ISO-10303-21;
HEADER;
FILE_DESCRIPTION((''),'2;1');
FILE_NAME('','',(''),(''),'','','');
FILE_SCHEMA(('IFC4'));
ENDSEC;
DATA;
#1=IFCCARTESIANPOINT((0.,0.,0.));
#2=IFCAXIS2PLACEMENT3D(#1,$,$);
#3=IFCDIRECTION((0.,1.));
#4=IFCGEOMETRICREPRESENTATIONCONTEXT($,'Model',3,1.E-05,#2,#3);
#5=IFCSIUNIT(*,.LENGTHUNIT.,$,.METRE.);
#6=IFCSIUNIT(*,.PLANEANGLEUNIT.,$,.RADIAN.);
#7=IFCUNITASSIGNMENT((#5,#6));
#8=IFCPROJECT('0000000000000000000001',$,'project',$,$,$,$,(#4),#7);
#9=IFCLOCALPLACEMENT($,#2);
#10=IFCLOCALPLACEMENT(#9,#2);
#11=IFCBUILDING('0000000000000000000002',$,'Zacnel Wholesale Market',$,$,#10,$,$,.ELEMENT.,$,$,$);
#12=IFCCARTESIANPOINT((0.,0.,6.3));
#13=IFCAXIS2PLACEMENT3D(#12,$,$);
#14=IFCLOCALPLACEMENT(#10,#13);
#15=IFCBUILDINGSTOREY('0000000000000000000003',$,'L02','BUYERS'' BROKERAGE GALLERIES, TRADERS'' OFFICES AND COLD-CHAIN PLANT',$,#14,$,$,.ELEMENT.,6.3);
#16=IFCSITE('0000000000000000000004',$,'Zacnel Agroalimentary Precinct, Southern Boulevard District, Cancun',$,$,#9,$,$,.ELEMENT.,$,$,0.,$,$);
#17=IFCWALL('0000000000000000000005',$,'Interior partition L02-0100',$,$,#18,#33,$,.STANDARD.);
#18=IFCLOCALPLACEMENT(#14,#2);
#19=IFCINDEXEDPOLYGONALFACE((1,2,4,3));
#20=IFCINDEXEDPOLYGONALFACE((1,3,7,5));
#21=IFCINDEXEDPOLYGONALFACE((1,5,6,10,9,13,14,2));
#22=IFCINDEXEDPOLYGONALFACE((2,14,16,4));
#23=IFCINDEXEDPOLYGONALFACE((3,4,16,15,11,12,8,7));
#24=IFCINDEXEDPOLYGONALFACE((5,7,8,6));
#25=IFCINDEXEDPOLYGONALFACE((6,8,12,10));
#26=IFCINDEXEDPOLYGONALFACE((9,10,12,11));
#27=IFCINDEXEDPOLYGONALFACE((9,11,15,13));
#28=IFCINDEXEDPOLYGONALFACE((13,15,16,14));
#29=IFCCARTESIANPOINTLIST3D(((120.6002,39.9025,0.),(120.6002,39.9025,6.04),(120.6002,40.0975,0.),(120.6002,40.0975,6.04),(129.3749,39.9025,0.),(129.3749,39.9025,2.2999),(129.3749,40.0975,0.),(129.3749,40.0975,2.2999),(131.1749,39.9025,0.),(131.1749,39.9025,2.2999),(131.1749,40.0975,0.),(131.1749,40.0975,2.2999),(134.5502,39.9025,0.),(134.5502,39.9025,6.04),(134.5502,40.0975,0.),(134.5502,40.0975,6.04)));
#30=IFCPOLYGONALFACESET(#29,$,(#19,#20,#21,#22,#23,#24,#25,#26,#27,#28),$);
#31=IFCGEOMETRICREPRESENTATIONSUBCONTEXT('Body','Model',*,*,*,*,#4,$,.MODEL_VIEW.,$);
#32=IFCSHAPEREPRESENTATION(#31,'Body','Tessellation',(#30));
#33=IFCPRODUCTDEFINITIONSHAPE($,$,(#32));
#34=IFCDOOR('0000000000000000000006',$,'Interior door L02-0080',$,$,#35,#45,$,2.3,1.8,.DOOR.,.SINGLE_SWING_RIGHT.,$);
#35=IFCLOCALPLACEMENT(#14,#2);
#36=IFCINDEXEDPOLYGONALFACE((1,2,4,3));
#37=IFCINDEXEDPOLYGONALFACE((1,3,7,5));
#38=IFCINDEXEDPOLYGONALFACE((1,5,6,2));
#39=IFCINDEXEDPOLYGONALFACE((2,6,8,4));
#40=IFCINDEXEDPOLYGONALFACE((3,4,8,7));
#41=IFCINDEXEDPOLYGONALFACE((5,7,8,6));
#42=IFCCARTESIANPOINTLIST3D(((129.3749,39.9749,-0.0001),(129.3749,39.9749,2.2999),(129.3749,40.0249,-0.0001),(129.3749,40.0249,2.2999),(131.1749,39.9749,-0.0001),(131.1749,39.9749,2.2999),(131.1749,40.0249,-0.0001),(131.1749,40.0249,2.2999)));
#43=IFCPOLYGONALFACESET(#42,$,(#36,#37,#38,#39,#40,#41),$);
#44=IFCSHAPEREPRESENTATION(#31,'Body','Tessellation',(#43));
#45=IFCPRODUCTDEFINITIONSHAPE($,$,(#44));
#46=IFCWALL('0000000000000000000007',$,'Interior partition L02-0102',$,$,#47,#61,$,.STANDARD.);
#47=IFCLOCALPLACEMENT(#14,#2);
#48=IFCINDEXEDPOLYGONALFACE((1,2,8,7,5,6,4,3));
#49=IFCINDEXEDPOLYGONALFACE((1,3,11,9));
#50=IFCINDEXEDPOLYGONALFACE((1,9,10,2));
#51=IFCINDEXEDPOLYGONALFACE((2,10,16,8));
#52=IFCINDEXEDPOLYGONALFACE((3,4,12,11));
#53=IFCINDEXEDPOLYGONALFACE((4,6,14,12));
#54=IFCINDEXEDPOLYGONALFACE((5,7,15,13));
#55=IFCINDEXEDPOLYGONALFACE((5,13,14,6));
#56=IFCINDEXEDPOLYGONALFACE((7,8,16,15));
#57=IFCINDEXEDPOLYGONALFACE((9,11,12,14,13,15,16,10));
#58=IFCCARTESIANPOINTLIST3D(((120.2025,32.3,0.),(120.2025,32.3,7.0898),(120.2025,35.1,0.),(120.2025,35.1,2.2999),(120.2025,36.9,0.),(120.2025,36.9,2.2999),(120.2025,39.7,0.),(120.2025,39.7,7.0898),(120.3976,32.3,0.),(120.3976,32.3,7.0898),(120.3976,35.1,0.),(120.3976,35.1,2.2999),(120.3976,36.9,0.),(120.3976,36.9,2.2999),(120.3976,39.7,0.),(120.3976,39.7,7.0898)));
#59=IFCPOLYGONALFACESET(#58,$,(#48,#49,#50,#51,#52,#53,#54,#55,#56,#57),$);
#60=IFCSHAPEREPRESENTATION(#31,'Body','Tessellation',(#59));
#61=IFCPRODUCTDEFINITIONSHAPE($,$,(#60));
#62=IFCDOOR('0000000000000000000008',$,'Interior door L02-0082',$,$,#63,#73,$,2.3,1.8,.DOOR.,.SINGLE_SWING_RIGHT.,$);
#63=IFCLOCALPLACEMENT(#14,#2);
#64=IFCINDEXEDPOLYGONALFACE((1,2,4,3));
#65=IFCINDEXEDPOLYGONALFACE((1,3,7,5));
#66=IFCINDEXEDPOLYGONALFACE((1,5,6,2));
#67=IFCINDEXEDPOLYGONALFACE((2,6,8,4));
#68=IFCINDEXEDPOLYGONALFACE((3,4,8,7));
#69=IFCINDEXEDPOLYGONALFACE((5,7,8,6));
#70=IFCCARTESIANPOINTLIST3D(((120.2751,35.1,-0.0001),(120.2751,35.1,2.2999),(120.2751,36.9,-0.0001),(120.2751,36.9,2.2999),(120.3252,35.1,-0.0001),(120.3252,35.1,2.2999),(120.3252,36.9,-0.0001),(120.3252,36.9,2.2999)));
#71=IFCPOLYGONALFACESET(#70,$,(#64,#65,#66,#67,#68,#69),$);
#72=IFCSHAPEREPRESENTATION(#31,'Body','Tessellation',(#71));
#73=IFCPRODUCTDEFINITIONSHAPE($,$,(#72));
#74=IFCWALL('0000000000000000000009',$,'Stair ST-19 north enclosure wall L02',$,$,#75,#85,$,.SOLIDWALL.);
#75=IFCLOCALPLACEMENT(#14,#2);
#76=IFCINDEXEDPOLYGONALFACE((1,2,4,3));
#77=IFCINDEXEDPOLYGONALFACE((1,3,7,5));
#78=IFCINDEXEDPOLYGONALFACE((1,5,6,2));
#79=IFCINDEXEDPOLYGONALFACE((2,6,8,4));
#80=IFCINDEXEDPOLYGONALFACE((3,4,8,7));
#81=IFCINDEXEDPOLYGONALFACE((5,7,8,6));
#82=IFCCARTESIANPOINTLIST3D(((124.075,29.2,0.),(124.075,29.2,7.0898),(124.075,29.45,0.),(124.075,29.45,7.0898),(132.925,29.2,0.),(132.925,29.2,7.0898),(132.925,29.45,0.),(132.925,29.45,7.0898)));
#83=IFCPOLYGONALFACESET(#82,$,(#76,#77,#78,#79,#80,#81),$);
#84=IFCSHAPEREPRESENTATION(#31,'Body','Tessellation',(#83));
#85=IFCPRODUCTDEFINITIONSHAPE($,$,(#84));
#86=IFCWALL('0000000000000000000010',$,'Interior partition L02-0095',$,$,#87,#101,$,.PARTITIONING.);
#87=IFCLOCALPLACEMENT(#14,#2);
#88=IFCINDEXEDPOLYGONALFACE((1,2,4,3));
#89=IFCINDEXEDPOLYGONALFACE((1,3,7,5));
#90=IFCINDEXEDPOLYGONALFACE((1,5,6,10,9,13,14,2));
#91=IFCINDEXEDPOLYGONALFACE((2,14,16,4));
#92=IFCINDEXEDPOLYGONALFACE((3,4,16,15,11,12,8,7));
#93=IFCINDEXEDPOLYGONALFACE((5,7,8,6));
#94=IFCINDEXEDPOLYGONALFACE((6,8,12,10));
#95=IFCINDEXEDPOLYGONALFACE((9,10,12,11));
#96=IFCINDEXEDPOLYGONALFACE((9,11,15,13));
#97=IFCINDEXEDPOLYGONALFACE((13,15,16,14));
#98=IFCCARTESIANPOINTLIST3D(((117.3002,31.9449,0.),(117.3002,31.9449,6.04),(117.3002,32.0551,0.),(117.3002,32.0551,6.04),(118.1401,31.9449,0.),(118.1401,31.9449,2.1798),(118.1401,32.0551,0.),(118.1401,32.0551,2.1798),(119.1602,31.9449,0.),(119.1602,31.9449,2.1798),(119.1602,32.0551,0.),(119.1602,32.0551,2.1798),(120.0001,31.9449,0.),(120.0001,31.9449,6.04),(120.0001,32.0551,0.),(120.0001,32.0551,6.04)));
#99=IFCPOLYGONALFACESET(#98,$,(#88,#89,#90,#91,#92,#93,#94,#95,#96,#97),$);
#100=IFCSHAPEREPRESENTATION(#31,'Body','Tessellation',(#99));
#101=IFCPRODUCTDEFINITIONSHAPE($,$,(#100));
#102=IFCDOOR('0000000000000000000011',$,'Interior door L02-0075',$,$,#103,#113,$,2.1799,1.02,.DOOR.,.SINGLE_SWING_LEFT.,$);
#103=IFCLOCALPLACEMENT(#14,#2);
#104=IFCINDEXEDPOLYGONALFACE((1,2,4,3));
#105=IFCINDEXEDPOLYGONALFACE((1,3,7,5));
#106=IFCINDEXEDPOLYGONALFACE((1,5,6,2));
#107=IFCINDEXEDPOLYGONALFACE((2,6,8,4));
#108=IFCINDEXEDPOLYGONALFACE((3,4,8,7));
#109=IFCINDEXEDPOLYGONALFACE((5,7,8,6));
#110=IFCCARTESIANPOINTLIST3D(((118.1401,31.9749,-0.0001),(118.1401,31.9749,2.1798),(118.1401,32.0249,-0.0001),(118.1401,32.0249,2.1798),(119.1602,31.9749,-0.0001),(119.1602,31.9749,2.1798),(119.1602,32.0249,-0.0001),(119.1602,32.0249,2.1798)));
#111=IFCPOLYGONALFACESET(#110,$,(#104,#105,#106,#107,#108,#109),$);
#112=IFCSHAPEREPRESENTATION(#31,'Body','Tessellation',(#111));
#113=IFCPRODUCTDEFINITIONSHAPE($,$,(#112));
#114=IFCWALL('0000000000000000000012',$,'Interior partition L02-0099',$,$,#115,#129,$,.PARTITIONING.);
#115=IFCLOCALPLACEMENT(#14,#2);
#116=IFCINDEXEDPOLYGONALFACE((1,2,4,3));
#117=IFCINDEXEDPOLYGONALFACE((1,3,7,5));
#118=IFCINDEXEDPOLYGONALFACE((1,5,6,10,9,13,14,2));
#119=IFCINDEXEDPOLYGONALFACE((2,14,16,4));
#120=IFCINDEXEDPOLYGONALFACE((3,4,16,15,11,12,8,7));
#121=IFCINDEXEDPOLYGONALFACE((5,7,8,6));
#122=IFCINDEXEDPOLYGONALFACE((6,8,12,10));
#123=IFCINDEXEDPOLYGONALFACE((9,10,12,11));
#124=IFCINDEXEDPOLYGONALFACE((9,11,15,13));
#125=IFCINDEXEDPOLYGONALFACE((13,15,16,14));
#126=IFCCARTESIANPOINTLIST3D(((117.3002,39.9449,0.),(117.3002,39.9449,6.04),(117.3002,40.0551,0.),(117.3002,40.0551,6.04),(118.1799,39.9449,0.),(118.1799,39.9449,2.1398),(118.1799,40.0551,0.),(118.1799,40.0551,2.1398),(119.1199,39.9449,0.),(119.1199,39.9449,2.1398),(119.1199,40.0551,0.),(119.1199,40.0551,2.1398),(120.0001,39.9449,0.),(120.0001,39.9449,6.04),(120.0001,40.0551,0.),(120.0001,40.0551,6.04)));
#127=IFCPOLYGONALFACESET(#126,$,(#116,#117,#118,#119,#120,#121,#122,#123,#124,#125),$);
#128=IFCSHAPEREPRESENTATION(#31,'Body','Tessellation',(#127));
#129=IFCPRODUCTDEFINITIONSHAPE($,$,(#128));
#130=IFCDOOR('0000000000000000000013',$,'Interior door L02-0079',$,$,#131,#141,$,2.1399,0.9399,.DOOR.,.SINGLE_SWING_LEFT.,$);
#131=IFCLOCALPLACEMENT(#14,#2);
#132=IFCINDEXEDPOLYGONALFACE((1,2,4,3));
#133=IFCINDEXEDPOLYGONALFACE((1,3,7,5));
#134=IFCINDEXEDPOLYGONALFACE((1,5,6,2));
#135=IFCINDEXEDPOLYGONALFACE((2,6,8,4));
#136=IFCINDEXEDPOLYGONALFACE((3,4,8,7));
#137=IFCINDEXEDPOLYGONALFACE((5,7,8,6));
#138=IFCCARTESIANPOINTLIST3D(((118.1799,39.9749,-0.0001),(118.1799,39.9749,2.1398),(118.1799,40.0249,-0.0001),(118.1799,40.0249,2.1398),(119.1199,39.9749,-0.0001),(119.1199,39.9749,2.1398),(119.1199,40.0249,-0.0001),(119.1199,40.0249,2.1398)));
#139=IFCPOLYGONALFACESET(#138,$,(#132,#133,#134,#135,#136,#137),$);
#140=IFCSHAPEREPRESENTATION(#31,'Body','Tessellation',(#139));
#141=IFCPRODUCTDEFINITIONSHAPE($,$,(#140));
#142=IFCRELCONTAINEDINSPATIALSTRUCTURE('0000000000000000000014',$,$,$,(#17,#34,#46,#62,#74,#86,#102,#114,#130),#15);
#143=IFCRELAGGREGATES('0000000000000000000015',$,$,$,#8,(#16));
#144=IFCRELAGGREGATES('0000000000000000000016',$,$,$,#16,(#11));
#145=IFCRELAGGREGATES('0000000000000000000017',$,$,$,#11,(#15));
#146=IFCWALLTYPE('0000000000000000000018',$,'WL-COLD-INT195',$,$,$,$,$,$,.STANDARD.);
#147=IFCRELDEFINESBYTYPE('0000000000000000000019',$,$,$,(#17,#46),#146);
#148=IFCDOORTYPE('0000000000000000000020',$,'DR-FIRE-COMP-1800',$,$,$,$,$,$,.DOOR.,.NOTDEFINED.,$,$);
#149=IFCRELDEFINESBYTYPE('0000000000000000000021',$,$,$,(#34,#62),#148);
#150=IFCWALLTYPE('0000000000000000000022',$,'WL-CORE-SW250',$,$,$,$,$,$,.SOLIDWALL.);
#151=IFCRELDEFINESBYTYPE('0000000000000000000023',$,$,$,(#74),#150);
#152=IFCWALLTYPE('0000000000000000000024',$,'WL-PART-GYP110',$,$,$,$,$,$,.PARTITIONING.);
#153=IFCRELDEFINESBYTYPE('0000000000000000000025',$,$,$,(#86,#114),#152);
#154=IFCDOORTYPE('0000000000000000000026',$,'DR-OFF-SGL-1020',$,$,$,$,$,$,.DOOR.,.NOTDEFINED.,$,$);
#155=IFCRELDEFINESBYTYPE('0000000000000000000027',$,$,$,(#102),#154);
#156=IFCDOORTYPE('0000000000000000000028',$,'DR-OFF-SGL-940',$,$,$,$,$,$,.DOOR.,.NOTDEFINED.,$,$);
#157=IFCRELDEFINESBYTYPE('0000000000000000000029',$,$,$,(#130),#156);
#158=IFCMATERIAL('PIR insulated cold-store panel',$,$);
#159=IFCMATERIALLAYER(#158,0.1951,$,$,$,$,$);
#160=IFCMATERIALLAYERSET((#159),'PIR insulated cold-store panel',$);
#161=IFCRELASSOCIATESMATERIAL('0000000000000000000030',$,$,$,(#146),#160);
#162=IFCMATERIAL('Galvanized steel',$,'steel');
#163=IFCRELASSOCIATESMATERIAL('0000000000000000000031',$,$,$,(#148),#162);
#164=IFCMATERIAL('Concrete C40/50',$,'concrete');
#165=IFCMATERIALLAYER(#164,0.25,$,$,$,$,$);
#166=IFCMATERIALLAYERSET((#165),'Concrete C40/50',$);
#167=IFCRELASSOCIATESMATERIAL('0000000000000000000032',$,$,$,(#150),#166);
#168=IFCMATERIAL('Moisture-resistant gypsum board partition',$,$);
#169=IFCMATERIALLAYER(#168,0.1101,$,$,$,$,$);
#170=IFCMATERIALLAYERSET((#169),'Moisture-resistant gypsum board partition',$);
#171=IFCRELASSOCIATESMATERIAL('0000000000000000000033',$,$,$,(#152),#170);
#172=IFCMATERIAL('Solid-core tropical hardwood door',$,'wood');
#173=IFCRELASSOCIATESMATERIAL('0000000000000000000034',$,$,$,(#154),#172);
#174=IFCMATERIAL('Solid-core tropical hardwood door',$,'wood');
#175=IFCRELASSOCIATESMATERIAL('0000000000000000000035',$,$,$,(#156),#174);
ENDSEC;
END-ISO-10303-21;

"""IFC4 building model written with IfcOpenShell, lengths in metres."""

from ifc_helpers import new_model, si_unit, direction, frame, frame_2d, origin, place, context, subcontext, project, spatial, rectangle, extrude, material, layer, layer_set, type_object, element, fill, save


model = new_model("IFC4")

# Units and contexts
model_context = context("Model", 3, precision=1e-05, world=origin(), true_north=direction((0.0, 1.0)))
body_context = subcontext(model_context, "Body", "Model", "MODEL_VIEW")
ifc_project = project(units=[si_unit("LENGTHUNIT", "METRE"), si_unit("PLANEANGLEUNIT", "RADIAN")], contexts=[model_context])

# Site, building, storey
site_placement = place(None, origin())
site = spatial("IfcSite", under=ifc_project, at=site_placement, Name="Zacnel Agroalimentary Precinct, Southern Boulevard District, Cancun", CompositionType="ELEMENT", RefElevation=0.0)
building_placement = place(site_placement, origin())
building = spatial("IfcBuilding", under=site, at=building_placement, Name="Zacnel Wholesale Market", CompositionType="ELEMENT")
storey_placement = place(building_placement, frame((0.0, 0.0, 6.3)))
storey = spatial("IfcBuildingStorey", under=building, at=storey_placement, Name="L02", Description="BUYERS' BROKERAGE GALLERIES, TRADERS' OFFICES AND COLD-CHAIN PLANT", CompositionType="ELEMENT", Elevation=6.3)

# Walls, openings, doors
ifc_material_1 = material(Name="PIR insulated cold-store panel")
ifc_layer_1 = layer(ifc_material_1, 0.1951)
ifc_layer_set_1 = layer_set([ifc_layer_1], Name="PIR insulated cold-store panel")
wall_type_1 = type_object("IfcWallType", Name="WL-COLD-INT195", PredefinedType="STANDARD", material=ifc_layer_set_1)
ifc_material_2 = material(Name="Galvanized steel", Category="steel")
door_type_1 = type_object("IfcDoorType", Name="DR-FIRE-COMP-1800", OperationType="NOTDEFINED", PredefinedType="DOOR", material=ifc_material_2)
wall_1_placement = place(storey_placement, frame((120.6001, 40.0, 0.0), z_axis=(0.0, 0.0, 1.0), x_axis=(1.0, 0.0, 0.0)))
wall_1 = element("IfcWall", 1, at=wall_1_placement, inside=storey, type_object=wall_type_1, Name="Interior partition L02-0100", PredefinedType="STANDARD", context=body_context, shape_type="SweptSolid", body=[
    extrude(rectangle(XDim=13.95, YDim=0.1951, at=frame_2d((6.9751, 0.0))), origin(), (0.0, 0.0, 1.0), 6.04),
])
opening_1_placement = place(wall_1_placement, frame((8.7749, 0.0, 0.0)))
opening_1 = element("IfcOpeningElement", 2, at=opening_1_placement, cuts=wall_1, PredefinedType="OPENING", context=body_context, shape_type="SweptSolid", body=[
    extrude(rectangle(XDim=1.8, YDim=2.3, at=frame_2d((0.8999, 1.1499))), frame((0.0, 0.1074, 0.0), z_axis=(0.0, -1.0, 0.0), x_axis=(1.0, 0.0, 0.0)), (0.0, 0.0, 1.0), 0.2151),
])
door_1_placement = place(opening_1_placement, origin())
door_1 = element("IfcDoor", 3, at=door_1_placement, inside=storey, type_object=door_type_1, Name="Interior door L02-0080", OperationType="SINGLE_SWING_RIGHT", OverallHeight=2.3, OverallWidth=1.8, PredefinedType="DOOR", context=body_context, shape_type="SweptSolid", body=[
    extrude(rectangle(XDim=1.8, YDim=2.3, at=frame_2d((0.8999, 1.1499))), frame((0.0, 0.0249, 0.0), z_axis=(0.0, -1.0, 0.0), x_axis=(1.0, 0.0, 0.0)), (0.0, 0.0, 1.0), 0.05),
])
fill(opening_1, door_1)
wall_2_placement = place(storey_placement, frame((120.3, 32.3, 0.0), z_axis=(0.0, 0.0, 1.0), x_axis=(0.0, 1.0, 0.0)))
wall_2 = element("IfcWall", 4, at=wall_2_placement, inside=storey, type_object=wall_type_1, Name="Interior partition L02-0102", PredefinedType="STANDARD", context=body_context, shape_type="SweptSolid", body=[
    extrude(rectangle(XDim=7.3999, YDim=0.1951, at=frame_2d((3.7, 0.0))), origin(), (0.0, 0.0, 1.0), 7.0898),
])
opening_2_placement = place(wall_2_placement, frame((2.8, 0.0, 0.0)))
opening_2 = element("IfcOpeningElement", 5, at=opening_2_placement, cuts=wall_2, PredefinedType="OPENING", context=body_context, shape_type="SweptSolid", body=[
    extrude(rectangle(XDim=1.8, YDim=2.3, at=frame_2d((0.8999, 1.1499))), frame((0.0, 0.1074, 0.0), z_axis=(0.0, -1.0, 0.0), x_axis=(1.0, 0.0, 0.0)), (0.0, 0.0, 1.0), 0.2151),
])
door_2_placement = place(opening_2_placement, origin())
door_2 = element("IfcDoor", 6, at=door_2_placement, inside=storey, type_object=door_type_1, Name="Interior door L02-0082", OperationType="SINGLE_SWING_RIGHT", OverallHeight=2.3, OverallWidth=1.8, PredefinedType="DOOR", context=body_context, shape_type="SweptSolid", body=[
    extrude(rectangle(XDim=1.8, YDim=2.3, at=frame_2d((0.8999, 1.1499))), frame((0.0, 0.0249, 0.0), z_axis=(0.0, -1.0, 0.0), x_axis=(1.0, 0.0, 0.0)), (0.0, 0.0, 1.0), 0.05),
])
fill(opening_2, door_2)

# Wall
ifc_material_3 = material(Name="Concrete C40/50", Category="concrete")
ifc_layer_2 = layer(ifc_material_3, 0.25)
ifc_layer_set_2 = layer_set([ifc_layer_2], Name="Concrete C40/50")
wall_type_2 = type_object("IfcWallType", Name="WL-CORE-SW250", PredefinedType="SOLIDWALL", material=ifc_layer_set_2)
wall_3_placement = place(storey_placement, frame((124.075, 29.325, 0.0), z_axis=(0.0, 0.0, 1.0), x_axis=(1.0, 0.0, 0.0)))
element("IfcWall", 7, at=wall_3_placement, inside=storey, type_object=wall_type_2, Name="Stair ST-19 north enclosure wall L02", PredefinedType="SOLIDWALL", context=body_context, shape_type="SweptSolid", body=[
    extrude(rectangle(XDim=8.8501, YDim=0.25, at=frame_2d((4.425, 0.0))), origin(), (0.0, 0.0, 1.0), 7.0898),
])

# Walls, openings, doors
ifc_material_4 = material(Name="Moisture-resistant gypsum board partition")
ifc_layer_3 = layer(ifc_material_4, 0.1101)
ifc_layer_set_3 = layer_set([ifc_layer_3], Name="Moisture-resistant gypsum board partition")
wall_type_3 = type_object("IfcWallType", Name="WL-PART-GYP110", PredefinedType="PARTITIONING", material=ifc_layer_set_3)
wall_4_placement = place(storey_placement, frame((117.3, 32.0, 0.0), z_axis=(0.0, 0.0, 1.0), x_axis=(1.0, 0.0, 0.0)))
wall_4 = element("IfcWall", 8, at=wall_4_placement, inside=storey, type_object=wall_type_3, Name="Interior partition L02-0095", PredefinedType="PARTITIONING", context=body_context, shape_type="SweptSolid", body=[
    extrude(rectangle(XDim=2.7, YDim=0.1101, at=frame_2d((1.3501, 0.0))), origin(), (0.0, 0.0, 1.0), 6.04),
])
opening_3_placement = place(wall_4_placement, frame((0.8401, 0.0, 0.0)))
opening_3 = element("IfcOpeningElement", 9, at=opening_3_placement, cuts=wall_4, PredefinedType="OPENING", context=body_context, shape_type="SweptSolid", body=[
    extrude(rectangle(XDim=1.02, YDim=2.1799, at=frame_2d((0.51, 1.0898))), frame((0.0, 0.0649, 0.0), z_axis=(0.0, -1.0, 0.0), x_axis=(1.0, 0.0, 0.0)), (0.0, 0.0, 1.0), 0.1301),
])
ifc_material_5 = material(Name="Solid-core tropical hardwood door", Category="wood")
door_type_2 = type_object("IfcDoorType", Name="DR-OFF-SGL-1020", OperationType="NOTDEFINED", PredefinedType="DOOR", material=ifc_material_5)
door_3_placement = place(opening_3_placement, origin())
door_3 = element("IfcDoor", 10, at=door_3_placement, inside=storey, type_object=door_type_2, Name="Interior door L02-0075", OperationType="SINGLE_SWING_LEFT", OverallHeight=2.1799, OverallWidth=1.02, PredefinedType="DOOR", context=body_context, shape_type="SweptSolid", body=[
    extrude(rectangle(XDim=1.02, YDim=2.1799, at=frame_2d((0.51, 1.0898))), frame((0.0, 0.0249, 0.0), z_axis=(0.0, -1.0, 0.0), x_axis=(1.0, 0.0, 0.0)), (0.0, 0.0, 1.0), 0.05),
])
fill(opening_3, door_3)
wall_5_placement = place(storey_placement, frame((117.3, 40.0, 0.0), z_axis=(0.0, 0.0, 1.0), x_axis=(1.0, 0.0, 0.0)))
wall_5 = element("IfcWall", 11, at=wall_5_placement, inside=storey, type_object=wall_type_3, Name="Interior partition L02-0099", PredefinedType="PARTITIONING", context=body_context, shape_type="SweptSolid", body=[
    extrude(rectangle(XDim=2.7, YDim=0.1101, at=frame_2d((1.3501, 0.0))), origin(), (0.0, 0.0, 1.0), 6.04),
])
opening_4_placement = place(wall_5_placement, frame((0.8799, 0.0, 0.0)))
opening_4 = element("IfcOpeningElement", 12, at=opening_4_placement, cuts=wall_5, PredefinedType="OPENING", context=body_context, shape_type="SweptSolid", body=[
    extrude(rectangle(XDim=0.9399, YDim=2.1399, at=frame_2d((0.47, 1.0698))), frame((0.0, 0.0649, 0.0), z_axis=(0.0, -1.0, 0.0), x_axis=(1.0, 0.0, 0.0)), (0.0, 0.0, 1.0), 0.1301),
])
ifc_material_6 = material(Name="Solid-core tropical hardwood door", Category="wood")
door_type_3 = type_object("IfcDoorType", Name="DR-OFF-SGL-940", OperationType="NOTDEFINED", PredefinedType="DOOR", material=ifc_material_6)
door_4_placement = place(opening_4_placement, origin())
door_4 = element("IfcDoor", 13, at=door_4_placement, inside=storey, type_object=door_type_3, Name="Interior door L02-0079", OperationType="SINGLE_SWING_LEFT", OverallHeight=2.1399, OverallWidth=0.9399, PredefinedType="DOOR", context=body_context, shape_type="SweptSolid", body=[
    extrude(rectangle(XDim=0.9399, YDim=2.1399, at=frame_2d((0.47, 1.0698))), frame((0.0, 0.0249, 0.0), z_axis=(0.0, -1.0, 0.0), x_axis=(1.0, 0.0, 0.0)), (0.0, 0.0, 1.0), 0.05),
])
fill(opening_4, door_4)

save(model, "model.ifc")
